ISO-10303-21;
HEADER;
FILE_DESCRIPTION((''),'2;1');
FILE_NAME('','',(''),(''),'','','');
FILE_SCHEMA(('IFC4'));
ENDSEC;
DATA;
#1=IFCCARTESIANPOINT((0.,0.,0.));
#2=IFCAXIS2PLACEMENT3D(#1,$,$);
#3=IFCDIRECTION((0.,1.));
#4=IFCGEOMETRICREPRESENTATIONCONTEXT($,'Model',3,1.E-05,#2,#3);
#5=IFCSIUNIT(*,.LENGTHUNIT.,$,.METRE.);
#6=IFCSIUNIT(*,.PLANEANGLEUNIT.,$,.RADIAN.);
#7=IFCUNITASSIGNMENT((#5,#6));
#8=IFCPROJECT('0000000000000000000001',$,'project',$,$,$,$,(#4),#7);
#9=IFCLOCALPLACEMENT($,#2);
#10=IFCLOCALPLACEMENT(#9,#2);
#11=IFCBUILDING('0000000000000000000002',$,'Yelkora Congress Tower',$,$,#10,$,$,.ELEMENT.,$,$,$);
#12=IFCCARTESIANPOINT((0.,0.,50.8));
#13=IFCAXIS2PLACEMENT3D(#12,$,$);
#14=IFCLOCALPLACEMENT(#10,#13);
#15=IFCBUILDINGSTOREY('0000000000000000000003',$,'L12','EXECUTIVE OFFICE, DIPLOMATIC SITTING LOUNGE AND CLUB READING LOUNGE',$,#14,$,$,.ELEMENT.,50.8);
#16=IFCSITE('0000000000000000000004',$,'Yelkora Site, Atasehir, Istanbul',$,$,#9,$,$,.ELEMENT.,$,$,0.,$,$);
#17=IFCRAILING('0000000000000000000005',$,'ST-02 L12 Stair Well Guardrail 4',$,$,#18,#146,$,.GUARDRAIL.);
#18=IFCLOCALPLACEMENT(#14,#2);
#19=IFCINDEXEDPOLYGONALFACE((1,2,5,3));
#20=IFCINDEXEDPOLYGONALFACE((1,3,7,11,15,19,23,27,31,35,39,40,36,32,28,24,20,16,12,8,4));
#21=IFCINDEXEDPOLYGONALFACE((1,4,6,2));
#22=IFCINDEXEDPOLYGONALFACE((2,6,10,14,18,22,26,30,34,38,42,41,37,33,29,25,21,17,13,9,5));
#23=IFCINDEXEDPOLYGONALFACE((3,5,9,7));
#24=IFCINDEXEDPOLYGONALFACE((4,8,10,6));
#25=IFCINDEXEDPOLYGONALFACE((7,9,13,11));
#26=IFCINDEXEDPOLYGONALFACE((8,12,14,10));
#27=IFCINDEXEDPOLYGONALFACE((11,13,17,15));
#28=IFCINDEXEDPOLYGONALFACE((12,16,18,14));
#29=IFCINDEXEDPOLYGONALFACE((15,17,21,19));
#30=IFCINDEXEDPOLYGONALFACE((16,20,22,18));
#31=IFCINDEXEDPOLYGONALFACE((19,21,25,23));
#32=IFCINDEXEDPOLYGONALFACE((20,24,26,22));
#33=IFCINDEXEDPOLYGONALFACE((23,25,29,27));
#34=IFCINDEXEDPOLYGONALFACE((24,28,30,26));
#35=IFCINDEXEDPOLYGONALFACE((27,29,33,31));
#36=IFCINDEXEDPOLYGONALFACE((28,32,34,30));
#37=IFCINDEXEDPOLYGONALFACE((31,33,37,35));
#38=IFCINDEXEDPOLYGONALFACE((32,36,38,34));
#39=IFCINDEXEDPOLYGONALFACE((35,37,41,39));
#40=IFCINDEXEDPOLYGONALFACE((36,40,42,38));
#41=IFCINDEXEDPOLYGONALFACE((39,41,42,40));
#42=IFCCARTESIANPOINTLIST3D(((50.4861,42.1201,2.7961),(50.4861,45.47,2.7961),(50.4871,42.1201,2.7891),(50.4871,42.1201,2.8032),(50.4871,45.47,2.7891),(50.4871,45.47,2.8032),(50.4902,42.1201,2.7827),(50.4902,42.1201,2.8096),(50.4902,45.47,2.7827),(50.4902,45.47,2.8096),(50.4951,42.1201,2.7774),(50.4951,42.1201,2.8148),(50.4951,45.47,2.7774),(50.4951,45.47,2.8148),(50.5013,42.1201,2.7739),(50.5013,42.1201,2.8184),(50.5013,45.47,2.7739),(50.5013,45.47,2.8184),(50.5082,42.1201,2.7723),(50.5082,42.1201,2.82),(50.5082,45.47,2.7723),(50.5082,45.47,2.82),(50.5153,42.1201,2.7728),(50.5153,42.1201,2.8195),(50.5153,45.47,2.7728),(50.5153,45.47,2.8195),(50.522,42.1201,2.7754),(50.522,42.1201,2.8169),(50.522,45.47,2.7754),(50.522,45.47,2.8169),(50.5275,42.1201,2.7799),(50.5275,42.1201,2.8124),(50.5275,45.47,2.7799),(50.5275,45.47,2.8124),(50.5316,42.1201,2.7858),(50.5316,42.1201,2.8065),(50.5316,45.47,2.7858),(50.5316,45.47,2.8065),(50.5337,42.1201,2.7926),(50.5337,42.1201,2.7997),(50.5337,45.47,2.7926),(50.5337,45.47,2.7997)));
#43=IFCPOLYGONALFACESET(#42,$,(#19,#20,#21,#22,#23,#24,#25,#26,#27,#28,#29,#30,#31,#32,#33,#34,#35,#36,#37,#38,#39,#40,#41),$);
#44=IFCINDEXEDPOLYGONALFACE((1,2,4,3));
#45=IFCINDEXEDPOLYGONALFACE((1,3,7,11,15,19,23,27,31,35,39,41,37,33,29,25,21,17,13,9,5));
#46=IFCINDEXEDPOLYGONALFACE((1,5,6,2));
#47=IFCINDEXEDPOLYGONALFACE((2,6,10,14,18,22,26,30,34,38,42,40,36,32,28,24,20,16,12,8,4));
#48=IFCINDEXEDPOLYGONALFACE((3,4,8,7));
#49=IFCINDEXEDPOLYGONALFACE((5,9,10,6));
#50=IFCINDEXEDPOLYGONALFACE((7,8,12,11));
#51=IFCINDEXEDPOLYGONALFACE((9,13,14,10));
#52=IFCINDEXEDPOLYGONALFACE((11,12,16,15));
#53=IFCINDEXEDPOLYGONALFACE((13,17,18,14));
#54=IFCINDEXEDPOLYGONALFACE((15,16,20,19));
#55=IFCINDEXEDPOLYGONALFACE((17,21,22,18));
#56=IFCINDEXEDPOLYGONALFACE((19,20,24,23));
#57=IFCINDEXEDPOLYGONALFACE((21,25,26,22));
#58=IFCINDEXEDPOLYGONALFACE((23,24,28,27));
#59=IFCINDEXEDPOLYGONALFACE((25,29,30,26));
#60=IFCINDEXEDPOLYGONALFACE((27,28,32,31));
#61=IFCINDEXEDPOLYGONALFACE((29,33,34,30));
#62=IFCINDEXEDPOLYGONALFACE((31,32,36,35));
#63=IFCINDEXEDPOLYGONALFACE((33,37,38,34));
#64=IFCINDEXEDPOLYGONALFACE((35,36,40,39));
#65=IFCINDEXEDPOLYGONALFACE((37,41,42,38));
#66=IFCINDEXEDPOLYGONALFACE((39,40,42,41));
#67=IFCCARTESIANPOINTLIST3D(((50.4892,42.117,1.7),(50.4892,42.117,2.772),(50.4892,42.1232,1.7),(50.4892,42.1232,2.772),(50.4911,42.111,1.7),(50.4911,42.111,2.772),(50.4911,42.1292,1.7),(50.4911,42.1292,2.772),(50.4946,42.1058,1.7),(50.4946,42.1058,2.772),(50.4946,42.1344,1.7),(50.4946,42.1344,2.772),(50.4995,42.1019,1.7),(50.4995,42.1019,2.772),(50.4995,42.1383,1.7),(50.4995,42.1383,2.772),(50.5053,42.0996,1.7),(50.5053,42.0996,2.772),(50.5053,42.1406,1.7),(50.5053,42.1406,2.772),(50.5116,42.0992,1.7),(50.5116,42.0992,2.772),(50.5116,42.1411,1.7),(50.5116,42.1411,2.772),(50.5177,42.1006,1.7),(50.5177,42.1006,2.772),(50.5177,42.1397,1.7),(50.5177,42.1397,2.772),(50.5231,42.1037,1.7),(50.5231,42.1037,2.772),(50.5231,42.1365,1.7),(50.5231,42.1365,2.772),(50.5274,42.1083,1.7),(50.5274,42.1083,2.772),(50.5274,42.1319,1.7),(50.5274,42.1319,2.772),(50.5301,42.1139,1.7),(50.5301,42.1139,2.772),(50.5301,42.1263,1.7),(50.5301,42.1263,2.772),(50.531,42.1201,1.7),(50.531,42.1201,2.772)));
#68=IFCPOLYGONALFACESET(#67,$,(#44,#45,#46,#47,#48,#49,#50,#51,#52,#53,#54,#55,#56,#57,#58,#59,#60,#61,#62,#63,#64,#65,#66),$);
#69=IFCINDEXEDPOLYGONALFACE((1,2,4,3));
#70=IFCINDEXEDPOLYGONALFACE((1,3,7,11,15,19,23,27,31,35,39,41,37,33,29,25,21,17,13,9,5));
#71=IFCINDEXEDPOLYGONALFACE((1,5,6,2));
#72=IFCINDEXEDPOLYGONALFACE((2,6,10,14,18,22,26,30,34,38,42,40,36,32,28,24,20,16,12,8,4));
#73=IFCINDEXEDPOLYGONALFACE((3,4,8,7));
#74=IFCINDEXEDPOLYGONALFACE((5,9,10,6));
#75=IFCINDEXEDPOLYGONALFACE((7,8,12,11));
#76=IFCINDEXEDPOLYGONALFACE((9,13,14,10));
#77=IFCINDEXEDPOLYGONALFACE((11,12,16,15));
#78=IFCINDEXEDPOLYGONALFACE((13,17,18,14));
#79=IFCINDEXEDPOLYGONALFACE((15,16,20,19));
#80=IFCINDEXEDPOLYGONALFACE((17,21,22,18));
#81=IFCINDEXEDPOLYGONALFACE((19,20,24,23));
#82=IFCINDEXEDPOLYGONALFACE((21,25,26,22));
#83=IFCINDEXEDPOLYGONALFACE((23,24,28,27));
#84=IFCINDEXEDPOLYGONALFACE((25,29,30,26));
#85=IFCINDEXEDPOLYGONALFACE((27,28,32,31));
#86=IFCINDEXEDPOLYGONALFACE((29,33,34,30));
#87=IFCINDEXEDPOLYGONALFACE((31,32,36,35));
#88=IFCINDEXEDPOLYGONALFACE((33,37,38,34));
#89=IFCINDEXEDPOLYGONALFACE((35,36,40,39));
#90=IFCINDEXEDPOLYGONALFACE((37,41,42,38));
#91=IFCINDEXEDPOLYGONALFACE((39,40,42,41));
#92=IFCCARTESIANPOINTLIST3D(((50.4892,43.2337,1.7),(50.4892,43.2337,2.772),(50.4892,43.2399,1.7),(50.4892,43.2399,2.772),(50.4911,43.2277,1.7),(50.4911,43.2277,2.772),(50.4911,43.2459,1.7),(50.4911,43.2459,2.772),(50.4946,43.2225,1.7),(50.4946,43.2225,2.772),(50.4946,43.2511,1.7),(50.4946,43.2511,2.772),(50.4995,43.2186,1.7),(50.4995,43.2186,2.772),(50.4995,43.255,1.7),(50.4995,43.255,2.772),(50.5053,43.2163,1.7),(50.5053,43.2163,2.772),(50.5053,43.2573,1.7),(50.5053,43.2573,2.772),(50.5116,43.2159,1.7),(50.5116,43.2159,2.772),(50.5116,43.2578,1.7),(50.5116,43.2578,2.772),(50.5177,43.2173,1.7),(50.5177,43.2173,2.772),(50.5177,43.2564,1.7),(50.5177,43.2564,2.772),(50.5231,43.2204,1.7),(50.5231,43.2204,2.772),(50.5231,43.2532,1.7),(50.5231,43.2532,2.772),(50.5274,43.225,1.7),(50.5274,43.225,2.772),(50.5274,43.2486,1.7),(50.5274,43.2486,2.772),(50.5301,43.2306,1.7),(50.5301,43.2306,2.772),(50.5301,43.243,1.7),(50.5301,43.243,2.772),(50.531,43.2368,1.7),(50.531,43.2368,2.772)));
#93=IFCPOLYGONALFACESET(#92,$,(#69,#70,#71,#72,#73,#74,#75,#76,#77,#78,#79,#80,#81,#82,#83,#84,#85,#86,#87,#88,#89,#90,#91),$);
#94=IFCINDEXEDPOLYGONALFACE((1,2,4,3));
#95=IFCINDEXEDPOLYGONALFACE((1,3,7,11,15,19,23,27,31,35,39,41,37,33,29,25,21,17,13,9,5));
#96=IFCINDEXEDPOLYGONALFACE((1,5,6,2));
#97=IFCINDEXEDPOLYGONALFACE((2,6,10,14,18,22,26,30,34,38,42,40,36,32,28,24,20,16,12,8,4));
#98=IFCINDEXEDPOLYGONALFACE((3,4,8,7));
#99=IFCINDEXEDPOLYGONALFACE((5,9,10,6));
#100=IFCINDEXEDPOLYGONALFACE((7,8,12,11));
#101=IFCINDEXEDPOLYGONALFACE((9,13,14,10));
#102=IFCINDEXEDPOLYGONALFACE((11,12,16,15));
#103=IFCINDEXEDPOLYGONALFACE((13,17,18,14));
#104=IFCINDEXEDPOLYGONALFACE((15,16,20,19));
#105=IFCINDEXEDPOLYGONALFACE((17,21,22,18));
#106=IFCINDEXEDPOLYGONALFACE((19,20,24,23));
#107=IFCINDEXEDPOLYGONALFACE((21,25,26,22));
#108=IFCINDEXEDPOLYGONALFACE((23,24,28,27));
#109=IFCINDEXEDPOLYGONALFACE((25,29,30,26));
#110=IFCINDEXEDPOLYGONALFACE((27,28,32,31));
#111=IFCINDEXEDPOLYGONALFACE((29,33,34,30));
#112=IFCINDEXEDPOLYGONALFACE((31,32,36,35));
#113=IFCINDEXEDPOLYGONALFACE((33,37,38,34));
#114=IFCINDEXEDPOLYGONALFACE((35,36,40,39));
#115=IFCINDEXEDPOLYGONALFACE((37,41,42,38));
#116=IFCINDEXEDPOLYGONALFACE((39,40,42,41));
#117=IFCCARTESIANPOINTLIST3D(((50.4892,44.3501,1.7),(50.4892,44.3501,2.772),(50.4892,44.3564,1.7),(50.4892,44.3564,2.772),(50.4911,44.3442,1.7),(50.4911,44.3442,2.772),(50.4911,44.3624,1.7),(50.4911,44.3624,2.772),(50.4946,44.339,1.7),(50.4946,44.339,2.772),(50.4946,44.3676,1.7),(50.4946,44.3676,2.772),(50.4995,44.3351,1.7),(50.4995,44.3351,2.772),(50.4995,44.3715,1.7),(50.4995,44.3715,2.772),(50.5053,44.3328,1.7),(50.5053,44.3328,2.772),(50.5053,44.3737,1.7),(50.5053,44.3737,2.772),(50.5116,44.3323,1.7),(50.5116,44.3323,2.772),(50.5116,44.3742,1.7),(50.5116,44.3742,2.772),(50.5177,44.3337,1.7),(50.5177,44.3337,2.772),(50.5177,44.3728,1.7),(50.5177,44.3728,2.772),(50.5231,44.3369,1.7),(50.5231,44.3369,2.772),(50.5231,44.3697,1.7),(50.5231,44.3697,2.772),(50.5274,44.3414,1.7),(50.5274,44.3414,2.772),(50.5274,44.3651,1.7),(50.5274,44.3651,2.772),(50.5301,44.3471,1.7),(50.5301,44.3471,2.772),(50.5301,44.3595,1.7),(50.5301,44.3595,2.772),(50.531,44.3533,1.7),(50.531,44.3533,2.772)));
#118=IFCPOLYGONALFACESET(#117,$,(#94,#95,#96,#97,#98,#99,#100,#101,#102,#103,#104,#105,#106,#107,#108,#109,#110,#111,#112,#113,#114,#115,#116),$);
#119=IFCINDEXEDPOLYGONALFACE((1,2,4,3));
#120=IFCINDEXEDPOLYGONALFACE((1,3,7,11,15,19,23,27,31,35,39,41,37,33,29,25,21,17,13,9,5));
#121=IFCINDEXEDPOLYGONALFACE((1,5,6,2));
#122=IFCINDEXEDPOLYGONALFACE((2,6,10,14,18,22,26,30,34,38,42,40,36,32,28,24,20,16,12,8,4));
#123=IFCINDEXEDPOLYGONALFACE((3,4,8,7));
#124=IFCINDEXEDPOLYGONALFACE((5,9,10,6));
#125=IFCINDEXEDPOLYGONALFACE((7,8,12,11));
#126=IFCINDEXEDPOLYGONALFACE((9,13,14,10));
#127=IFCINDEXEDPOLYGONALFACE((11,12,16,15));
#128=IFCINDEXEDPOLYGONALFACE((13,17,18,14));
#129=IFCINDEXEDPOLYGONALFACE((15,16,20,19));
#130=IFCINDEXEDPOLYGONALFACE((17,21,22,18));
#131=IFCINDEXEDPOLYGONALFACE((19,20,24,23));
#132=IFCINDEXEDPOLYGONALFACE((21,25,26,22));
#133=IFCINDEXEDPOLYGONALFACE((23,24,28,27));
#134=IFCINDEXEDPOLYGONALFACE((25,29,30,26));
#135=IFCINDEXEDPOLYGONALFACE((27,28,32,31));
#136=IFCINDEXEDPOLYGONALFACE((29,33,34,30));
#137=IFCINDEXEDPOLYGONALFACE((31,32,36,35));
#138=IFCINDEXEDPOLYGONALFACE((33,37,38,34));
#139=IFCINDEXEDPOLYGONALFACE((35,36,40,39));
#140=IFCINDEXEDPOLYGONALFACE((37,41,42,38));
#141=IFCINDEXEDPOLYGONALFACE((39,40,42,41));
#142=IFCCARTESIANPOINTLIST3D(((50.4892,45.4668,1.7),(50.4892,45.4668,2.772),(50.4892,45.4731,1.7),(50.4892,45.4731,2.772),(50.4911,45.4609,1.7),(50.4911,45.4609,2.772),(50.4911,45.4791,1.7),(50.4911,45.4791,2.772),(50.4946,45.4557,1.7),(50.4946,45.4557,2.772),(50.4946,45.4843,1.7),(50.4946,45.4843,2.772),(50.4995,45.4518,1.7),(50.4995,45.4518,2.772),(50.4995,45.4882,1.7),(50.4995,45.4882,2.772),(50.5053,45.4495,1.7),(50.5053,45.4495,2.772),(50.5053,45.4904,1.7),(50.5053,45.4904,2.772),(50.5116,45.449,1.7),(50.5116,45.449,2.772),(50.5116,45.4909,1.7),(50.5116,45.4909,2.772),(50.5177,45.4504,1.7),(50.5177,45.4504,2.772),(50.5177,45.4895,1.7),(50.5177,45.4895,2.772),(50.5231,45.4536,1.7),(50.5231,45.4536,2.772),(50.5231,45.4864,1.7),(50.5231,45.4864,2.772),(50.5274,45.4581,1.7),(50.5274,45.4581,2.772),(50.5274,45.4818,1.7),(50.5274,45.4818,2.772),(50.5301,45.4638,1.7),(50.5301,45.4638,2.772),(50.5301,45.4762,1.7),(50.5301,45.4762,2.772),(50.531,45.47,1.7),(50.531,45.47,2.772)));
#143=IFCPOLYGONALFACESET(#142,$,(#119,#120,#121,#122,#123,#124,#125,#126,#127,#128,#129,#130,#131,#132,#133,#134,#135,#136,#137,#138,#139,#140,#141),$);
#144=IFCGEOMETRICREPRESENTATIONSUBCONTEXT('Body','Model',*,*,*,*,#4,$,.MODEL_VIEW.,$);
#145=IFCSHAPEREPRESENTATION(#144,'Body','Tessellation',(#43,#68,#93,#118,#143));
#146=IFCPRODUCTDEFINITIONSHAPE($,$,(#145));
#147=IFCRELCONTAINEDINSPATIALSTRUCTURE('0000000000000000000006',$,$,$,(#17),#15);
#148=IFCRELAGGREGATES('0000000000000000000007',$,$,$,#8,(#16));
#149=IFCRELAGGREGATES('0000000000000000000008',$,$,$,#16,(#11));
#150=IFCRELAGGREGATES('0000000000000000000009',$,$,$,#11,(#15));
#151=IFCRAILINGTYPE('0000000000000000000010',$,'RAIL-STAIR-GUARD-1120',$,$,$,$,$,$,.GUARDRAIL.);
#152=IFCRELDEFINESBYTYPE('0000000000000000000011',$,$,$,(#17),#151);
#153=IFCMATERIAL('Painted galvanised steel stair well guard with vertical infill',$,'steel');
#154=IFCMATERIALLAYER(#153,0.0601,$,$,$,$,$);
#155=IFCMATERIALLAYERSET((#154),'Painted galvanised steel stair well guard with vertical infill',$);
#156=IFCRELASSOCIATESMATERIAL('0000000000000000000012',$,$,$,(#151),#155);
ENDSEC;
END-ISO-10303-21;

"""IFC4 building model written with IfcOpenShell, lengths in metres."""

from ifc_helpers import new_model, si_unit, direction, frame, origin, origin_2d, place, context, subcontext, project, spatial, circle, extrude, material, layer, layer_set, type_object, element, save


model = new_model("IFC4")

# Units and contexts
model_context = context("Model", 3, precision=1e-05, world=origin(), true_north=direction((0.0, 1.0)))
body_context = subcontext(model_context, "Body", "Model", "MODEL_VIEW")
ifc_project = project(units=[si_unit("LENGTHUNIT", "METRE"), si_unit("PLANEANGLEUNIT", "RADIAN")], contexts=[model_context])

# Site, building, storey
site_placement = place(None, origin())
site = spatial("IfcSite", under=ifc_project, at=site_placement, Name="Yelkora Site, Atasehir, Istanbul", CompositionType="ELEMENT", RefElevation=0.0)
building_placement = place(site_placement, origin())
building = spatial("IfcBuilding", under=site, at=building_placement, Name="Yelkora Congress Tower", CompositionType="ELEMENT")
storey_placement = place(building_placement, frame((0.0, 0.0, 50.8)))
storey = spatial("IfcBuildingStorey", under=building, at=storey_placement, Name="L12", Description="EXECUTIVE OFFICE, DIPLOMATIC SITTING LOUNGE AND CLUB READING LOUNGE", CompositionType="ELEMENT", Elevation=50.8)

# Railing
ifc_material_1 = material(Name="Painted galvanised steel stair well guard with vertical infill", Category="steel")
ifc_layer_1 = layer(ifc_material_1, 0.0601)
ifc_layer_set_1 = layer_set([ifc_layer_1], Name="Painted galvanised steel stair well guard with vertical infill")
railing_type_1 = type_object("IfcRailingType", Name="RAIL-STAIR-GUARD-1120", PredefinedType="GUARDRAIL", material=ifc_layer_set_1)
railing_1_placement = place(storey_placement, frame((50.51, 42.1201, 1.7)))
element("IfcRailing", 1, at=railing_1_placement, inside=storey, type_object=railing_type_1, Name="ST-02 L12 Stair Well Guardrail 4", PredefinedType="GUARDRAIL", context=body_context, shape_type="SweptSolid", body=[
    extrude(circle(Radius=0.0239, at=origin_2d()), frame((0.0, 0.0, 1.0962), z_axis=(0.0, 1.0, 0.0), x_axis=(-1.0, 0.0, 0.0)), (0.0, 0.0, 1.0), 3.3499),
    extrude(circle(Radius=0.021, at=origin_2d()), origin(), (0.0, 0.0, 1.0), 1.072),
    extrude(circle(Radius=0.021, at=origin_2d()), frame((0.0, 1.1167, 0.0)), (0.0, 0.0, 1.0), 1.072),
    extrude(circle(Radius=0.021, at=origin_2d()), frame((0.0, 2.2332, 0.0)), (0.0, 0.0, 1.0), 1.072),
    extrude(circle(Radius=0.021, at=origin_2d()), frame((0.0, 3.3499, 0.0)), (0.0, 0.0, 1.0), 1.072),
])

save(model, "model.ifc")
